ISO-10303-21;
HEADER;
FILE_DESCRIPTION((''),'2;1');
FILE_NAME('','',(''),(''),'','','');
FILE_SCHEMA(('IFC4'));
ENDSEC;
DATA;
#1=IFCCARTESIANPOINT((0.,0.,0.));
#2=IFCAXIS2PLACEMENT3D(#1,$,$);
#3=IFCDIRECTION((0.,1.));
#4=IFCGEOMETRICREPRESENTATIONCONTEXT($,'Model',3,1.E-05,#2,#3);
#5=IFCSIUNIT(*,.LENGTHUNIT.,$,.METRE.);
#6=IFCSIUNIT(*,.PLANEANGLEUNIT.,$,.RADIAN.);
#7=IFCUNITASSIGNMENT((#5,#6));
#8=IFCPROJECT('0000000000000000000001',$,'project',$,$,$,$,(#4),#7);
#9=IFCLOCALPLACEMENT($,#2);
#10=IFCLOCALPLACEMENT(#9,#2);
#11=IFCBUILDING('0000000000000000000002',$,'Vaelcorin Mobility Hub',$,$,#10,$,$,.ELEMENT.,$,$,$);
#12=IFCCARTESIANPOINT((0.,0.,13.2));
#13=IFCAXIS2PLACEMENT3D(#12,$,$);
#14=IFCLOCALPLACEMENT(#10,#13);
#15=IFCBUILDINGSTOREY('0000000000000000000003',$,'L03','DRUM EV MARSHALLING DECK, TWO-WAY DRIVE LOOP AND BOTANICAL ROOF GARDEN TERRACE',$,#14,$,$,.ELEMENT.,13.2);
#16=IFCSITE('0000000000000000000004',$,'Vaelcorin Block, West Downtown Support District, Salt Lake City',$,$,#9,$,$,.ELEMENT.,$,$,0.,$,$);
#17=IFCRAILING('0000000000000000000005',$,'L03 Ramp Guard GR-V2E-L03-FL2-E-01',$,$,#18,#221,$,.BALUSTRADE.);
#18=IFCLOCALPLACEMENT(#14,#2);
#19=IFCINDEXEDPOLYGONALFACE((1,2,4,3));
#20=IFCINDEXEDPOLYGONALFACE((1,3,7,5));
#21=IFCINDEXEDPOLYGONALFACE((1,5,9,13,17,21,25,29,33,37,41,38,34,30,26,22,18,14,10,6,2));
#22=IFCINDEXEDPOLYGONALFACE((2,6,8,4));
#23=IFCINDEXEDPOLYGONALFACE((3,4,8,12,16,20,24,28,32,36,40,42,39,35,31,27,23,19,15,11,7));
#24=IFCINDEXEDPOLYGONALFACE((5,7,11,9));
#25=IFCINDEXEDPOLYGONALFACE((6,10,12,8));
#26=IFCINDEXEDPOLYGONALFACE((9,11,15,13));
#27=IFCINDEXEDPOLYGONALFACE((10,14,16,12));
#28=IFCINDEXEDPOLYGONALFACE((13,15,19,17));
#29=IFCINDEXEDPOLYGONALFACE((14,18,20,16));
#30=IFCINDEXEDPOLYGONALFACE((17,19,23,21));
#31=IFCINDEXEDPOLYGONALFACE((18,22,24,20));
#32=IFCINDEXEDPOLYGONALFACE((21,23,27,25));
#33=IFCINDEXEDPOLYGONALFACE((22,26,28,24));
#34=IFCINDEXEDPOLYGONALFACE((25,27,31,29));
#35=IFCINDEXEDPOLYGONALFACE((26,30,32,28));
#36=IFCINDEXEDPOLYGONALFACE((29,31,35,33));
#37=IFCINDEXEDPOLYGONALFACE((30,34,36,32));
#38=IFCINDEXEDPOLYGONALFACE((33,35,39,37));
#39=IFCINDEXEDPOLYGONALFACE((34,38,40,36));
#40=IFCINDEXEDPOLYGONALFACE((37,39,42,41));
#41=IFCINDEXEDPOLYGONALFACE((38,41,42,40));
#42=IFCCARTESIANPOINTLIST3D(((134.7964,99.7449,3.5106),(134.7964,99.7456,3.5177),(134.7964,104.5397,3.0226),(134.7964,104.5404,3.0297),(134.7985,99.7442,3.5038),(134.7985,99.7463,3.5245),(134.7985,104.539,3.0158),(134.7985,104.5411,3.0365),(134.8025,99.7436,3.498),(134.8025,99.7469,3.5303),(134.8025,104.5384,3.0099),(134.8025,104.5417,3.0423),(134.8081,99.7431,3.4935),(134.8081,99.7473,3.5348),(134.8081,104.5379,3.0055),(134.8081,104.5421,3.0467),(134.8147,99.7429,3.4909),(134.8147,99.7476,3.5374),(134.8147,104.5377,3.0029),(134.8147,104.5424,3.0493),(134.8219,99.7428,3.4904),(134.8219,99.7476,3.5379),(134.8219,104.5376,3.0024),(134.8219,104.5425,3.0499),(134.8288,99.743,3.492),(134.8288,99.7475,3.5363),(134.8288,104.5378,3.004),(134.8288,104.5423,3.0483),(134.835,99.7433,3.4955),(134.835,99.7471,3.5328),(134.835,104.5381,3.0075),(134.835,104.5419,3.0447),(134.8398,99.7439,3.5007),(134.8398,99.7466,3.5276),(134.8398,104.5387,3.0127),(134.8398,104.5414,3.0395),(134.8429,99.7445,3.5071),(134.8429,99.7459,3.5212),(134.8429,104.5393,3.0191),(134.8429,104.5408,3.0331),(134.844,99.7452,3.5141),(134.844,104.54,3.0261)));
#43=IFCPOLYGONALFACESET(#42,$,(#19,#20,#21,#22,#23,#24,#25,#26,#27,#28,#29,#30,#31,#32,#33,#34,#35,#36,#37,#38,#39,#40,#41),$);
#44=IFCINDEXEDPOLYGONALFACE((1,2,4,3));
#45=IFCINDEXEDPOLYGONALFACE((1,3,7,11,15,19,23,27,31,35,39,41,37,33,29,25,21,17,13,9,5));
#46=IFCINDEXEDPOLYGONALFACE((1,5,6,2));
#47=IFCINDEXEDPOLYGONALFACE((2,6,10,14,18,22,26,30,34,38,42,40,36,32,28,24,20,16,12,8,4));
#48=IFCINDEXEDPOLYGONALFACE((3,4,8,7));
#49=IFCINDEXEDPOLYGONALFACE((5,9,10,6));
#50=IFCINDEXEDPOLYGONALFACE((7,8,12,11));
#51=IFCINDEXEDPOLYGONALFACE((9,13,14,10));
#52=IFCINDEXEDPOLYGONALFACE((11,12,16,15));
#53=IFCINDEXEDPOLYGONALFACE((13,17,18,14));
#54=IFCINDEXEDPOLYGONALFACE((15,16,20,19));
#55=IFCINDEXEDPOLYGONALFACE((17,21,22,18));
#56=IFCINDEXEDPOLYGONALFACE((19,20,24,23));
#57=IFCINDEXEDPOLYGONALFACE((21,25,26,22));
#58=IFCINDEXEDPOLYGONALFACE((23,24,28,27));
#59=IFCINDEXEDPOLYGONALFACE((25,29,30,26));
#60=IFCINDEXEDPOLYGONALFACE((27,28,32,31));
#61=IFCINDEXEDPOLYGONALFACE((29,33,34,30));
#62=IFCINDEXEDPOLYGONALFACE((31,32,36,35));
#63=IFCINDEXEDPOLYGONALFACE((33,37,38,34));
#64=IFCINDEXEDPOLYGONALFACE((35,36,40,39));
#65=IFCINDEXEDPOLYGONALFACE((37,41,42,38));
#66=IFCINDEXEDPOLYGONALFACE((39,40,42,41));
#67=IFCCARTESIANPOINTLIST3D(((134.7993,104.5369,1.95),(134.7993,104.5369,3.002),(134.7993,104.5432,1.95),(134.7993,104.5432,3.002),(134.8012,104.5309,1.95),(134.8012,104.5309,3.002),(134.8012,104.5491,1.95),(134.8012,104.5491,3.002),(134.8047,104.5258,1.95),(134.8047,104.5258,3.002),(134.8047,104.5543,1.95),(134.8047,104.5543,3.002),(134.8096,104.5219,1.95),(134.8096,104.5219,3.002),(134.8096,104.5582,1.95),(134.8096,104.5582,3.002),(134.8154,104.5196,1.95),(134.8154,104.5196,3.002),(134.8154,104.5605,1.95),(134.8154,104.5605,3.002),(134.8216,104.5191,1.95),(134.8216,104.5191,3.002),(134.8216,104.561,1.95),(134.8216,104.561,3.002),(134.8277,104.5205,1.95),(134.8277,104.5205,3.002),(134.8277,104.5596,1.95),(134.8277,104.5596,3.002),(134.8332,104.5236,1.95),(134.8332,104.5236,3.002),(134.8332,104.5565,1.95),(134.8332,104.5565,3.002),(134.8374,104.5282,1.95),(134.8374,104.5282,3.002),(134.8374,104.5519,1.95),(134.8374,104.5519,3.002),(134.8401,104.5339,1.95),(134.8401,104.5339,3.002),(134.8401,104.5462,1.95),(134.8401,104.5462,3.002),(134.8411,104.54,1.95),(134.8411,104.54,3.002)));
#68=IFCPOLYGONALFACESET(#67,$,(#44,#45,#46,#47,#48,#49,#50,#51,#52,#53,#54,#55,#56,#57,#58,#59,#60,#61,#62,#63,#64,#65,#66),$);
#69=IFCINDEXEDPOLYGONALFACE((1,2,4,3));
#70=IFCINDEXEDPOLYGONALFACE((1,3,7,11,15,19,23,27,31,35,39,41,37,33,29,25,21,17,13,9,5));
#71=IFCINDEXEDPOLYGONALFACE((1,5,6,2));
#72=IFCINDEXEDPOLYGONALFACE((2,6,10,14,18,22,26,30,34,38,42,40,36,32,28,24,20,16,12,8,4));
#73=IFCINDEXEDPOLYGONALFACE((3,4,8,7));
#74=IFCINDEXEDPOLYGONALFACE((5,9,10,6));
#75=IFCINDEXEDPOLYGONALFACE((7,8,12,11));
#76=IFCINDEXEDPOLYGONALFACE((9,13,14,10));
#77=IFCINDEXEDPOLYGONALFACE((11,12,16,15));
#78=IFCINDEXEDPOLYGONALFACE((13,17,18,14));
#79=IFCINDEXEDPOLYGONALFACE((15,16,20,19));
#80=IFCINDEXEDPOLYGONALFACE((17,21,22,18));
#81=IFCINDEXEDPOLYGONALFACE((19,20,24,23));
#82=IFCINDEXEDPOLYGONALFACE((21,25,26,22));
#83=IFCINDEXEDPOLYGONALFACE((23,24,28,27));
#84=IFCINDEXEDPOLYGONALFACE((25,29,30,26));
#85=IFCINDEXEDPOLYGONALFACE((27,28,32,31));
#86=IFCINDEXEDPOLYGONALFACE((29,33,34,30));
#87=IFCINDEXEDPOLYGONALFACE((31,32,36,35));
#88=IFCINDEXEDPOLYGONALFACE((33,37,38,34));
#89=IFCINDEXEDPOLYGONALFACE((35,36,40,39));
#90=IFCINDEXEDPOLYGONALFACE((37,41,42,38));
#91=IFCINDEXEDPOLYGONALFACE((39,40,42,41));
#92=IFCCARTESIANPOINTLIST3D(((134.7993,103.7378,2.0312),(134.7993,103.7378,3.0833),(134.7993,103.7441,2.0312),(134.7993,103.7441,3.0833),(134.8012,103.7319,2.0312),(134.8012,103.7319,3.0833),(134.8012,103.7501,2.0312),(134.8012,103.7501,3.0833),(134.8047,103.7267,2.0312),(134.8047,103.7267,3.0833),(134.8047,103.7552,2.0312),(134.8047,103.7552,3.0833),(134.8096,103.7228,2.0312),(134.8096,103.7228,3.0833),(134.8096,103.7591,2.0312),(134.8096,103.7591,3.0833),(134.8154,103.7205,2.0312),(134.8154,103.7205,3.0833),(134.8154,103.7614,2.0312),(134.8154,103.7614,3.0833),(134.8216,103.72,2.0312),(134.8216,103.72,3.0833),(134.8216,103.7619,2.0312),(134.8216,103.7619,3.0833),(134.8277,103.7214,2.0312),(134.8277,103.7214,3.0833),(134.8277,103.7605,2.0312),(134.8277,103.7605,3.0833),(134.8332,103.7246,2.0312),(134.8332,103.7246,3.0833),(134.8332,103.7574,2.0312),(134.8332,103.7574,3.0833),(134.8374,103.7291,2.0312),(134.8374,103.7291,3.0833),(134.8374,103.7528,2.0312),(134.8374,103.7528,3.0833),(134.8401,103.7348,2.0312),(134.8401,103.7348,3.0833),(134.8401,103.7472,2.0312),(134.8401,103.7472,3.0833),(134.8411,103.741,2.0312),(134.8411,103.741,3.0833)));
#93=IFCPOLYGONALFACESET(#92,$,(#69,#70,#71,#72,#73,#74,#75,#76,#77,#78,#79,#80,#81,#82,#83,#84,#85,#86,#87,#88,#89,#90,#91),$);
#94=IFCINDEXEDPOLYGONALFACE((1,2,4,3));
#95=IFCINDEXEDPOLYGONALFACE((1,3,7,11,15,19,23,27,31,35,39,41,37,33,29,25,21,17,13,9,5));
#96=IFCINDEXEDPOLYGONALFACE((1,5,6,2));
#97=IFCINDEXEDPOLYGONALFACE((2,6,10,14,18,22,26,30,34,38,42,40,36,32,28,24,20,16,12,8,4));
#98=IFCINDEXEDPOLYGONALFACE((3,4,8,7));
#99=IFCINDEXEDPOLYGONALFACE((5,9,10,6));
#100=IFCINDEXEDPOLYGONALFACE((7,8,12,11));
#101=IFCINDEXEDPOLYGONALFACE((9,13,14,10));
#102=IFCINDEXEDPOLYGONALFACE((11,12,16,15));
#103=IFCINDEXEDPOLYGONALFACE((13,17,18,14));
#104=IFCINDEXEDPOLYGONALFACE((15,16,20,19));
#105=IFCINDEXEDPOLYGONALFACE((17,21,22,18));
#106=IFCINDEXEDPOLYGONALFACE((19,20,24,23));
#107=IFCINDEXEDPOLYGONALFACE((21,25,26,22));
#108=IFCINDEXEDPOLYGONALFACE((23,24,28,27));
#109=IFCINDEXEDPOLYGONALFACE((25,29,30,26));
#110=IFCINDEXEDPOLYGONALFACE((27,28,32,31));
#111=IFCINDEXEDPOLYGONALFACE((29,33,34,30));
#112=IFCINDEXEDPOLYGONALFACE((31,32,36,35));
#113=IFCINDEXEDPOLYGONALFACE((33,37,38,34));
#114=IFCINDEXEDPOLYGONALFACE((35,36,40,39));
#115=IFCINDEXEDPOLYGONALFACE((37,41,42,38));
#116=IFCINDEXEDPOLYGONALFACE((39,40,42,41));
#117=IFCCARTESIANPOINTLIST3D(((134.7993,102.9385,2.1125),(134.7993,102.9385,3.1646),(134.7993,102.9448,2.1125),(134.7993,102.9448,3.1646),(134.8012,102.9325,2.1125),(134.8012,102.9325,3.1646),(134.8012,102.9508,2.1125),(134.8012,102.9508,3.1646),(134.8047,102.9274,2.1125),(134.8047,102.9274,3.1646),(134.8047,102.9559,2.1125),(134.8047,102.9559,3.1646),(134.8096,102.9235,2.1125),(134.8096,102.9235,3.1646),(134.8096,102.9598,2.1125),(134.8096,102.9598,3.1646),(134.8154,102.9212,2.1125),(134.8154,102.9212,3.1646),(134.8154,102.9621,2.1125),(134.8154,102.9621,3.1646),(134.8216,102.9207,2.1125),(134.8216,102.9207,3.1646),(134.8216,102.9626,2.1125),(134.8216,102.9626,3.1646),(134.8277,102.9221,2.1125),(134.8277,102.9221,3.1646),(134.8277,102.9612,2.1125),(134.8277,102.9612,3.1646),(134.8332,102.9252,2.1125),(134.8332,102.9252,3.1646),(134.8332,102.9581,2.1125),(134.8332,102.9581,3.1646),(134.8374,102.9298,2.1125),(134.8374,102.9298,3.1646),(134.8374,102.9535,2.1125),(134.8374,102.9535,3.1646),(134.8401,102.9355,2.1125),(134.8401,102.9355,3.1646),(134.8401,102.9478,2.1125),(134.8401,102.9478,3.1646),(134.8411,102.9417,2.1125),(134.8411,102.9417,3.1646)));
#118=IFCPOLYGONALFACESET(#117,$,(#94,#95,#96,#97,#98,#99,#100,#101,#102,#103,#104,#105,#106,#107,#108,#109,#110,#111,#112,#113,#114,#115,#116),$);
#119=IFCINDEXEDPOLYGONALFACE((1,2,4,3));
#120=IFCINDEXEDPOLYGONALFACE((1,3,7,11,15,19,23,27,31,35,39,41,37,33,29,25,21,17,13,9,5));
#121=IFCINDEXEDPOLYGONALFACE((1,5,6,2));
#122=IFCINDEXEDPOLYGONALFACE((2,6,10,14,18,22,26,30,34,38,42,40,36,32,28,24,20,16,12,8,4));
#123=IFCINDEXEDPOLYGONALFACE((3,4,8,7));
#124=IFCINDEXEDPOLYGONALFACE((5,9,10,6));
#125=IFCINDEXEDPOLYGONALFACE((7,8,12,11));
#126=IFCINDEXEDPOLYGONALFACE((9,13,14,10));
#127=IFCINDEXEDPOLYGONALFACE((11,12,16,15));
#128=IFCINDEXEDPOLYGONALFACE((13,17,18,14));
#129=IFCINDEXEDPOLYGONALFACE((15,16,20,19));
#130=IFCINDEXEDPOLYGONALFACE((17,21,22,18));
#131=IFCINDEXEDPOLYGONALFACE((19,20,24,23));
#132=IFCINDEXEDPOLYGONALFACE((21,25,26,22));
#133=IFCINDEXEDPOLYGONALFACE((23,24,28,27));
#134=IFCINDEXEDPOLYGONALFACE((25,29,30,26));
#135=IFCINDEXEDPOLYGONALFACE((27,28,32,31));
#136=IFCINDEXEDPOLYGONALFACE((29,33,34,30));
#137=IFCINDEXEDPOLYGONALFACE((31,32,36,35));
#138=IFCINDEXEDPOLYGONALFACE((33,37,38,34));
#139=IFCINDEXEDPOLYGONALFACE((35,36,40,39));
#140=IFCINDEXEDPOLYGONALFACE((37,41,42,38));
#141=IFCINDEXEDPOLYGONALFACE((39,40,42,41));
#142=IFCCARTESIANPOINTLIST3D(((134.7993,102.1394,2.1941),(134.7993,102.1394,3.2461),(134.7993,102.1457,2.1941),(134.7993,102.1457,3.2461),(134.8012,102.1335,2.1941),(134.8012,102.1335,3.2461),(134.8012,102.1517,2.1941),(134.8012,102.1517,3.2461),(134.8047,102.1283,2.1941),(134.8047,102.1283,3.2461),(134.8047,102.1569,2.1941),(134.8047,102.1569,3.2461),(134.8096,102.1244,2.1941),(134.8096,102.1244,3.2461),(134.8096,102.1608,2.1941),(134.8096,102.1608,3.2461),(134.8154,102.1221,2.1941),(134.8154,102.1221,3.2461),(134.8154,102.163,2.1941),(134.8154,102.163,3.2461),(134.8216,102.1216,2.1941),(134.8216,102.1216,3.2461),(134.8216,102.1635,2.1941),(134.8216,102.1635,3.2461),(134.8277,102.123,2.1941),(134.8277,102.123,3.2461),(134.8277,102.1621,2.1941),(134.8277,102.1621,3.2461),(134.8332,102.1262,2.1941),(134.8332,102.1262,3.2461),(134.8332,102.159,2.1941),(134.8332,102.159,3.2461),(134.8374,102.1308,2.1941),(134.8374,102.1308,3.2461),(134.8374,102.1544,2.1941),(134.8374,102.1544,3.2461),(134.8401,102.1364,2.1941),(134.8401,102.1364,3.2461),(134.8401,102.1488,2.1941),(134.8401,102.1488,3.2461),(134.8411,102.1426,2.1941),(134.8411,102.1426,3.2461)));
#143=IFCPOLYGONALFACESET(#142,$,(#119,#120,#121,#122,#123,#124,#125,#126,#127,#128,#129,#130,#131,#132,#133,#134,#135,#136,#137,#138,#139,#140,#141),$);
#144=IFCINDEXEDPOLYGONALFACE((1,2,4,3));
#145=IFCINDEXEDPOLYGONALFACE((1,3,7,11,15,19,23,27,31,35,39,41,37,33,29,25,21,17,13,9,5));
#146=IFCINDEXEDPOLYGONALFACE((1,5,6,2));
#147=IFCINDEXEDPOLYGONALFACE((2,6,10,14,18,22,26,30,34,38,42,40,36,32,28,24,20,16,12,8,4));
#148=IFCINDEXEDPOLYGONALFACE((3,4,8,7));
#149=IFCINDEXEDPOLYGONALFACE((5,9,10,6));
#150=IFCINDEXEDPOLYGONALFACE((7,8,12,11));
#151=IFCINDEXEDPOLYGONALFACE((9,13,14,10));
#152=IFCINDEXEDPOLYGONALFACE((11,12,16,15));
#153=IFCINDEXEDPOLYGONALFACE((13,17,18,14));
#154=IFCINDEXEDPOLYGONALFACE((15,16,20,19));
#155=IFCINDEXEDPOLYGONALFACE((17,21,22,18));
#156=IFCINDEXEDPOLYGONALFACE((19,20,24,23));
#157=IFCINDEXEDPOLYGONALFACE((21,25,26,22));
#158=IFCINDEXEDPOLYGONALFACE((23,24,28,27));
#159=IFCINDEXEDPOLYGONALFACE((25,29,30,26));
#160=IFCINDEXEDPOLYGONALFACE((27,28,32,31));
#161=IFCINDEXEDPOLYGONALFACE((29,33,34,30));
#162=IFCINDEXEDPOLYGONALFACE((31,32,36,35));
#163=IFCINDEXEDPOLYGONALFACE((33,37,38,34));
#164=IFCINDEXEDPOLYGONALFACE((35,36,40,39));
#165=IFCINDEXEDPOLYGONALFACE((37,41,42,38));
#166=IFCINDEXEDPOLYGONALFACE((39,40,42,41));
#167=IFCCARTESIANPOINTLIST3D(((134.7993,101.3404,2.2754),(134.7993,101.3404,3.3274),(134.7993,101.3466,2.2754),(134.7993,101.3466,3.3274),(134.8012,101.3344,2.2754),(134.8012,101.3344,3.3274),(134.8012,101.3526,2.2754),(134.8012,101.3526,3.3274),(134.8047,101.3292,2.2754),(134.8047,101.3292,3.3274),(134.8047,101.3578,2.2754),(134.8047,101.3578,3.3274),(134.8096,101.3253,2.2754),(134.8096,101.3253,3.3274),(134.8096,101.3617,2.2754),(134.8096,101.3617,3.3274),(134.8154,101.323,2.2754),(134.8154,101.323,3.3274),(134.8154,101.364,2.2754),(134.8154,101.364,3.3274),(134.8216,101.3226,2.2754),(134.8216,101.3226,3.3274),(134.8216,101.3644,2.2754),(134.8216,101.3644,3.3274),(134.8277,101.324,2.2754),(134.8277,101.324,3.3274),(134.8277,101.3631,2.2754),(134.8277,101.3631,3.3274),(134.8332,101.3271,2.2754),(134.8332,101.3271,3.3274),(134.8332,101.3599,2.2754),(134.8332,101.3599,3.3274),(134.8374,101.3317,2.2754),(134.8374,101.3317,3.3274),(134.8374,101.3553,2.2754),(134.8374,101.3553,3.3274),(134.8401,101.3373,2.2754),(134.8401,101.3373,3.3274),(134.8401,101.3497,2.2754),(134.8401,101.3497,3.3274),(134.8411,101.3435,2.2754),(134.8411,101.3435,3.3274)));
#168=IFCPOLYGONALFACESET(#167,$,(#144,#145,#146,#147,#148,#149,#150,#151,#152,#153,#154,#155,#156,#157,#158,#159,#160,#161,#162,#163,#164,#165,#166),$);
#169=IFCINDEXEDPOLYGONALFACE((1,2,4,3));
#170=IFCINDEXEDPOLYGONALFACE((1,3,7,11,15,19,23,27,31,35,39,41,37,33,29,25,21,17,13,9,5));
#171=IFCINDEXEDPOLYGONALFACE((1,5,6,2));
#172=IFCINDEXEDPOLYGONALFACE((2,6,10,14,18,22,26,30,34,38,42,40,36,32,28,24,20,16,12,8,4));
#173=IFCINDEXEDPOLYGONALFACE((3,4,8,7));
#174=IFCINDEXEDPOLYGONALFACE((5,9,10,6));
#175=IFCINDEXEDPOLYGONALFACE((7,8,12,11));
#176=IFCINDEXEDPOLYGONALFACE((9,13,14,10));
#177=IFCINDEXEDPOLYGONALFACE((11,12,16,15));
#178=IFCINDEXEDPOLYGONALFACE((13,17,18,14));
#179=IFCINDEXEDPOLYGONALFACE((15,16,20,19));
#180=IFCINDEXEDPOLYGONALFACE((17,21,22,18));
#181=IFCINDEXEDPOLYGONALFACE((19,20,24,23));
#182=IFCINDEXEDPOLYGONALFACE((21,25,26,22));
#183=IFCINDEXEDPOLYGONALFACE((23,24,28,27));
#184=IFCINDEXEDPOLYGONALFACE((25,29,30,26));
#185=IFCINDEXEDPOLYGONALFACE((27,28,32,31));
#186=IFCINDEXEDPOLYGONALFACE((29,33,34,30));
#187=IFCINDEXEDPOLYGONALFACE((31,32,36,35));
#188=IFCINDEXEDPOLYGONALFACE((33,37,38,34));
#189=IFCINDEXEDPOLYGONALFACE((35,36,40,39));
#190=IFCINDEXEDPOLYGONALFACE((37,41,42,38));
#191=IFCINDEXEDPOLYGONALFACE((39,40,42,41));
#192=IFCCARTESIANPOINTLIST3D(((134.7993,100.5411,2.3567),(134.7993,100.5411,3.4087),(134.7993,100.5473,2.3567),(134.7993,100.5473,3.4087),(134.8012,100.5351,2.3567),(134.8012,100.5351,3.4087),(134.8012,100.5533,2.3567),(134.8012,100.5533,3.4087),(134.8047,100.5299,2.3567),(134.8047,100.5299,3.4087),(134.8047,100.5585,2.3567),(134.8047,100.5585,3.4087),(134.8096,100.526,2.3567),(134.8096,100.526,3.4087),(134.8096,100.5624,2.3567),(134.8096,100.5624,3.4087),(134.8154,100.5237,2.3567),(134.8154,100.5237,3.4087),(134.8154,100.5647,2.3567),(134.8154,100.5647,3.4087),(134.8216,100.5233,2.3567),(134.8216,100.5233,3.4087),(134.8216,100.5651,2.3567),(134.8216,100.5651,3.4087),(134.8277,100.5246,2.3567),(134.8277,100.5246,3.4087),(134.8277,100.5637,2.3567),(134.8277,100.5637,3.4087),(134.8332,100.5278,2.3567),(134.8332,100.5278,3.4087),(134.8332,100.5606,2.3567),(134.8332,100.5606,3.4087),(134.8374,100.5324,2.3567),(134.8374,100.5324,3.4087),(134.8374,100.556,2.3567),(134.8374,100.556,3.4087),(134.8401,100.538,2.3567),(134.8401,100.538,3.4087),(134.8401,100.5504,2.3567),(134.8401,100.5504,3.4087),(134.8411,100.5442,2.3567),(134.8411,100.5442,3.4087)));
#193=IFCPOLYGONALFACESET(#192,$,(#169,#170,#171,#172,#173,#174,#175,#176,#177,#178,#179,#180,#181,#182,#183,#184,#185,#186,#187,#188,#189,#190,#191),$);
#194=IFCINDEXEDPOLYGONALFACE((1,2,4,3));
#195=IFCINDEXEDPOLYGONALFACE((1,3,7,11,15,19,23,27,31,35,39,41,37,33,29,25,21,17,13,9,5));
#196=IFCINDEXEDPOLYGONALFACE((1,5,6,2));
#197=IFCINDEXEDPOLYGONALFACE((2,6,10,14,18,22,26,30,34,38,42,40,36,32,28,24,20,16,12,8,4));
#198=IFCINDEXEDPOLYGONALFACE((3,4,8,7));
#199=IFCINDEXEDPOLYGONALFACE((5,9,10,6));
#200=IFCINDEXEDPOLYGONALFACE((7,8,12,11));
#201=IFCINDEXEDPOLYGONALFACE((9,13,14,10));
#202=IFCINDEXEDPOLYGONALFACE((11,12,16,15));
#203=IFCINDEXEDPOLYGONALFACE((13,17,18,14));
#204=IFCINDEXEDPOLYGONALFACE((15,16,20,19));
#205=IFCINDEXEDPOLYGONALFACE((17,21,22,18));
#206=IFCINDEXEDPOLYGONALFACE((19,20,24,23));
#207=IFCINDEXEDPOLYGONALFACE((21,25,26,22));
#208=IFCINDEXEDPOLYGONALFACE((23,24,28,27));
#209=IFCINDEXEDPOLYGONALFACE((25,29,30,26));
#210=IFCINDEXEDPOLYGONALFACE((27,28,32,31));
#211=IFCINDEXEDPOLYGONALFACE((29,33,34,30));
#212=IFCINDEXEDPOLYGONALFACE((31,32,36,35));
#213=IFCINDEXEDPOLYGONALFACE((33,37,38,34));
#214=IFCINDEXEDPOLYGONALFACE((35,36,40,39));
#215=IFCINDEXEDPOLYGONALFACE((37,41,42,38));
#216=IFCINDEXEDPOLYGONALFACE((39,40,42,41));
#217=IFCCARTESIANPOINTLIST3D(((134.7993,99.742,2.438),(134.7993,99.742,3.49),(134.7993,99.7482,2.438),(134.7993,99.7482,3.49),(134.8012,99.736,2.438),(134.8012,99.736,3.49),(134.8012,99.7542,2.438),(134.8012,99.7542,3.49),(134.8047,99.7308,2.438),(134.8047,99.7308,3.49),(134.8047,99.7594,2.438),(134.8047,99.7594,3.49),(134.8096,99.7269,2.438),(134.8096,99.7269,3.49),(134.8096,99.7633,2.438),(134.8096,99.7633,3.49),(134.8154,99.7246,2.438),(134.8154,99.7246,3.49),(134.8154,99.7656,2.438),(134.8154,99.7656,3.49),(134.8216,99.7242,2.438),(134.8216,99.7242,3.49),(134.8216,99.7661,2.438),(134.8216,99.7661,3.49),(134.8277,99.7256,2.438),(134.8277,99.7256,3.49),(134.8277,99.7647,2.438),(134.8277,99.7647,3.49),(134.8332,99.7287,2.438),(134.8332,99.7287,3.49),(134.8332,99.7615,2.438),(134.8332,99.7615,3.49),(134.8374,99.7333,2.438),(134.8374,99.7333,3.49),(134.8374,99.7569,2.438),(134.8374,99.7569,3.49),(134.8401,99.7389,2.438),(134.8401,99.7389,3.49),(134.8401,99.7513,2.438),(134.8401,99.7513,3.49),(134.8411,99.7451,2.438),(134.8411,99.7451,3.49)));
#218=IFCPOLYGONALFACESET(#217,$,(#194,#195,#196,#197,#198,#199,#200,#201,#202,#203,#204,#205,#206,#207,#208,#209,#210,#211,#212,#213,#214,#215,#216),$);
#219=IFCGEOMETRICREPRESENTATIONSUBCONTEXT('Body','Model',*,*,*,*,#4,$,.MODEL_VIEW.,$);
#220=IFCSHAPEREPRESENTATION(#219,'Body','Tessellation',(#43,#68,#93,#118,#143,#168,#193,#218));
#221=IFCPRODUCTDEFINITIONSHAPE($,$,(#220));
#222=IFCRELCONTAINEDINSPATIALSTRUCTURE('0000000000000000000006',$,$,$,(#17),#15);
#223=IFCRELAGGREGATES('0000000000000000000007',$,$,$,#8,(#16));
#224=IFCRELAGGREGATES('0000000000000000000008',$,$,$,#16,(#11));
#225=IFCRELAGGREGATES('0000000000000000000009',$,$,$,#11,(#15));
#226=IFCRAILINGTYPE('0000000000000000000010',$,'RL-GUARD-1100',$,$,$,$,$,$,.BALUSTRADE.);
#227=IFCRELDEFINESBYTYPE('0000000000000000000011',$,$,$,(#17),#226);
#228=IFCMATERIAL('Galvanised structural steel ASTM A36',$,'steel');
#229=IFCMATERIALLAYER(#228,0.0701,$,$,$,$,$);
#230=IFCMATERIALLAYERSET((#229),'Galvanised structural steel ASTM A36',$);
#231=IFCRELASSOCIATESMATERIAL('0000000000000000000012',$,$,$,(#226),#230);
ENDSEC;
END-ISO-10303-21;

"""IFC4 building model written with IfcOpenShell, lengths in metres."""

from ifc_helpers import new_model, si_unit, direction, frame, origin, origin_2d, place, context, subcontext, project, spatial, circle, extrude, material, layer, layer_set, type_object, element, save


model = new_model("IFC4")

# Units and contexts
model_context = context("Model", 3, precision=1e-05, world=origin(), true_north=direction((0.0, 1.0)))
body_context = subcontext(model_context, "Body", "Model", "MODEL_VIEW")
ifc_project = project(units=[si_unit("LENGTHUNIT", "METRE"), si_unit("PLANEANGLEUNIT", "RADIAN")], contexts=[model_context])

# Site, building, storey
site_placement = place(None, origin())
site = spatial("IfcSite", under=ifc_project, at=site_placement, Name="Vaelcorin Block, West Downtown Support District, Salt Lake City", CompositionType="ELEMENT", RefElevation=0.0)
building_placement = place(site_placement, origin())
building = spatial("IfcBuilding", under=site, at=building_placement, Name="Vaelcorin Mobility Hub", CompositionType="ELEMENT")
storey_placement = place(building_placement, frame((0.0, 0.0, 13.2)))
storey = spatial("IfcBuildingStorey", under=building, at=storey_placement, Name="L03", Description="DRUM EV MARSHALLING DECK, TWO-WAY DRIVE LOOP AND BOTANICAL ROOF GARDEN TERRACE", CompositionType="ELEMENT", Elevation=13.2)

# Railing
ifc_material_1 = material(Name="Galvanised structural steel ASTM A36", Category="steel")
ifc_layer = layer(ifc_material_1, 0.0701)
ifc_layer_set = layer_set([ifc_layer], Name="Galvanised structural steel ASTM A36")
railing_type = type_object("IfcRailingType", Name="RL-GUARD-1100", PredefinedType="BALUSTRADE", material=ifc_layer_set)
railing_1_placement = place(storey_placement, frame((134.8201, 104.54, 1.95)))
element("IfcRailing", 1, at=railing_1_placement, inside=storey, type_object=railing_type, Name="L03 Ramp Guard GR-V2E-L03-FL2-E-01", PredefinedType="BALUSTRADE", context=body_context, shape_type="SweptSolid", body=[
    extrude(circle(Radius=0.0239, at=origin_2d()), frame((0.0, 0.0, 1.0762), z_axis=(0.0, -0.99486, 0.101259), x_axis=(1.0, 0.0, 0.0)), (0.0, 0.0, 1.0), 4.8196),
    extrude(circle(Radius=0.021, at=origin_2d()), origin(), (0.0, 0.0, 1.0), 1.052),
    extrude(circle(Radius=0.021, at=origin_2d()), frame((0.0, -0.7991, 0.0813)), (0.0, 0.0, 1.0), 1.052),
    extrude(circle(Radius=0.021, at=origin_2d()), frame((0.0, -1.5984, 0.1626)), (0.0, 0.0, 1.0), 1.052),
    extrude(circle(Radius=0.021, at=origin_2d()), frame((0.0, -2.3975, 0.2441)), (0.0, 0.0, 1.0), 1.052),
    extrude(circle(Radius=0.021, at=origin_2d()), frame((0.0, -3.1965, 0.3254)), (0.0, 0.0, 1.0), 1.052),
    extrude(circle(Radius=0.021, at=origin_2d()), frame((0.0, -3.9958, 0.4067)), (0.0, 0.0, 1.0), 1.052),
    extrude(circle(Radius=0.021, at=origin_2d()), frame((0.0, -4.7949, 0.488)), (0.0, 0.0, 1.0), 1.052),
])

save(model, "model.ifc")
